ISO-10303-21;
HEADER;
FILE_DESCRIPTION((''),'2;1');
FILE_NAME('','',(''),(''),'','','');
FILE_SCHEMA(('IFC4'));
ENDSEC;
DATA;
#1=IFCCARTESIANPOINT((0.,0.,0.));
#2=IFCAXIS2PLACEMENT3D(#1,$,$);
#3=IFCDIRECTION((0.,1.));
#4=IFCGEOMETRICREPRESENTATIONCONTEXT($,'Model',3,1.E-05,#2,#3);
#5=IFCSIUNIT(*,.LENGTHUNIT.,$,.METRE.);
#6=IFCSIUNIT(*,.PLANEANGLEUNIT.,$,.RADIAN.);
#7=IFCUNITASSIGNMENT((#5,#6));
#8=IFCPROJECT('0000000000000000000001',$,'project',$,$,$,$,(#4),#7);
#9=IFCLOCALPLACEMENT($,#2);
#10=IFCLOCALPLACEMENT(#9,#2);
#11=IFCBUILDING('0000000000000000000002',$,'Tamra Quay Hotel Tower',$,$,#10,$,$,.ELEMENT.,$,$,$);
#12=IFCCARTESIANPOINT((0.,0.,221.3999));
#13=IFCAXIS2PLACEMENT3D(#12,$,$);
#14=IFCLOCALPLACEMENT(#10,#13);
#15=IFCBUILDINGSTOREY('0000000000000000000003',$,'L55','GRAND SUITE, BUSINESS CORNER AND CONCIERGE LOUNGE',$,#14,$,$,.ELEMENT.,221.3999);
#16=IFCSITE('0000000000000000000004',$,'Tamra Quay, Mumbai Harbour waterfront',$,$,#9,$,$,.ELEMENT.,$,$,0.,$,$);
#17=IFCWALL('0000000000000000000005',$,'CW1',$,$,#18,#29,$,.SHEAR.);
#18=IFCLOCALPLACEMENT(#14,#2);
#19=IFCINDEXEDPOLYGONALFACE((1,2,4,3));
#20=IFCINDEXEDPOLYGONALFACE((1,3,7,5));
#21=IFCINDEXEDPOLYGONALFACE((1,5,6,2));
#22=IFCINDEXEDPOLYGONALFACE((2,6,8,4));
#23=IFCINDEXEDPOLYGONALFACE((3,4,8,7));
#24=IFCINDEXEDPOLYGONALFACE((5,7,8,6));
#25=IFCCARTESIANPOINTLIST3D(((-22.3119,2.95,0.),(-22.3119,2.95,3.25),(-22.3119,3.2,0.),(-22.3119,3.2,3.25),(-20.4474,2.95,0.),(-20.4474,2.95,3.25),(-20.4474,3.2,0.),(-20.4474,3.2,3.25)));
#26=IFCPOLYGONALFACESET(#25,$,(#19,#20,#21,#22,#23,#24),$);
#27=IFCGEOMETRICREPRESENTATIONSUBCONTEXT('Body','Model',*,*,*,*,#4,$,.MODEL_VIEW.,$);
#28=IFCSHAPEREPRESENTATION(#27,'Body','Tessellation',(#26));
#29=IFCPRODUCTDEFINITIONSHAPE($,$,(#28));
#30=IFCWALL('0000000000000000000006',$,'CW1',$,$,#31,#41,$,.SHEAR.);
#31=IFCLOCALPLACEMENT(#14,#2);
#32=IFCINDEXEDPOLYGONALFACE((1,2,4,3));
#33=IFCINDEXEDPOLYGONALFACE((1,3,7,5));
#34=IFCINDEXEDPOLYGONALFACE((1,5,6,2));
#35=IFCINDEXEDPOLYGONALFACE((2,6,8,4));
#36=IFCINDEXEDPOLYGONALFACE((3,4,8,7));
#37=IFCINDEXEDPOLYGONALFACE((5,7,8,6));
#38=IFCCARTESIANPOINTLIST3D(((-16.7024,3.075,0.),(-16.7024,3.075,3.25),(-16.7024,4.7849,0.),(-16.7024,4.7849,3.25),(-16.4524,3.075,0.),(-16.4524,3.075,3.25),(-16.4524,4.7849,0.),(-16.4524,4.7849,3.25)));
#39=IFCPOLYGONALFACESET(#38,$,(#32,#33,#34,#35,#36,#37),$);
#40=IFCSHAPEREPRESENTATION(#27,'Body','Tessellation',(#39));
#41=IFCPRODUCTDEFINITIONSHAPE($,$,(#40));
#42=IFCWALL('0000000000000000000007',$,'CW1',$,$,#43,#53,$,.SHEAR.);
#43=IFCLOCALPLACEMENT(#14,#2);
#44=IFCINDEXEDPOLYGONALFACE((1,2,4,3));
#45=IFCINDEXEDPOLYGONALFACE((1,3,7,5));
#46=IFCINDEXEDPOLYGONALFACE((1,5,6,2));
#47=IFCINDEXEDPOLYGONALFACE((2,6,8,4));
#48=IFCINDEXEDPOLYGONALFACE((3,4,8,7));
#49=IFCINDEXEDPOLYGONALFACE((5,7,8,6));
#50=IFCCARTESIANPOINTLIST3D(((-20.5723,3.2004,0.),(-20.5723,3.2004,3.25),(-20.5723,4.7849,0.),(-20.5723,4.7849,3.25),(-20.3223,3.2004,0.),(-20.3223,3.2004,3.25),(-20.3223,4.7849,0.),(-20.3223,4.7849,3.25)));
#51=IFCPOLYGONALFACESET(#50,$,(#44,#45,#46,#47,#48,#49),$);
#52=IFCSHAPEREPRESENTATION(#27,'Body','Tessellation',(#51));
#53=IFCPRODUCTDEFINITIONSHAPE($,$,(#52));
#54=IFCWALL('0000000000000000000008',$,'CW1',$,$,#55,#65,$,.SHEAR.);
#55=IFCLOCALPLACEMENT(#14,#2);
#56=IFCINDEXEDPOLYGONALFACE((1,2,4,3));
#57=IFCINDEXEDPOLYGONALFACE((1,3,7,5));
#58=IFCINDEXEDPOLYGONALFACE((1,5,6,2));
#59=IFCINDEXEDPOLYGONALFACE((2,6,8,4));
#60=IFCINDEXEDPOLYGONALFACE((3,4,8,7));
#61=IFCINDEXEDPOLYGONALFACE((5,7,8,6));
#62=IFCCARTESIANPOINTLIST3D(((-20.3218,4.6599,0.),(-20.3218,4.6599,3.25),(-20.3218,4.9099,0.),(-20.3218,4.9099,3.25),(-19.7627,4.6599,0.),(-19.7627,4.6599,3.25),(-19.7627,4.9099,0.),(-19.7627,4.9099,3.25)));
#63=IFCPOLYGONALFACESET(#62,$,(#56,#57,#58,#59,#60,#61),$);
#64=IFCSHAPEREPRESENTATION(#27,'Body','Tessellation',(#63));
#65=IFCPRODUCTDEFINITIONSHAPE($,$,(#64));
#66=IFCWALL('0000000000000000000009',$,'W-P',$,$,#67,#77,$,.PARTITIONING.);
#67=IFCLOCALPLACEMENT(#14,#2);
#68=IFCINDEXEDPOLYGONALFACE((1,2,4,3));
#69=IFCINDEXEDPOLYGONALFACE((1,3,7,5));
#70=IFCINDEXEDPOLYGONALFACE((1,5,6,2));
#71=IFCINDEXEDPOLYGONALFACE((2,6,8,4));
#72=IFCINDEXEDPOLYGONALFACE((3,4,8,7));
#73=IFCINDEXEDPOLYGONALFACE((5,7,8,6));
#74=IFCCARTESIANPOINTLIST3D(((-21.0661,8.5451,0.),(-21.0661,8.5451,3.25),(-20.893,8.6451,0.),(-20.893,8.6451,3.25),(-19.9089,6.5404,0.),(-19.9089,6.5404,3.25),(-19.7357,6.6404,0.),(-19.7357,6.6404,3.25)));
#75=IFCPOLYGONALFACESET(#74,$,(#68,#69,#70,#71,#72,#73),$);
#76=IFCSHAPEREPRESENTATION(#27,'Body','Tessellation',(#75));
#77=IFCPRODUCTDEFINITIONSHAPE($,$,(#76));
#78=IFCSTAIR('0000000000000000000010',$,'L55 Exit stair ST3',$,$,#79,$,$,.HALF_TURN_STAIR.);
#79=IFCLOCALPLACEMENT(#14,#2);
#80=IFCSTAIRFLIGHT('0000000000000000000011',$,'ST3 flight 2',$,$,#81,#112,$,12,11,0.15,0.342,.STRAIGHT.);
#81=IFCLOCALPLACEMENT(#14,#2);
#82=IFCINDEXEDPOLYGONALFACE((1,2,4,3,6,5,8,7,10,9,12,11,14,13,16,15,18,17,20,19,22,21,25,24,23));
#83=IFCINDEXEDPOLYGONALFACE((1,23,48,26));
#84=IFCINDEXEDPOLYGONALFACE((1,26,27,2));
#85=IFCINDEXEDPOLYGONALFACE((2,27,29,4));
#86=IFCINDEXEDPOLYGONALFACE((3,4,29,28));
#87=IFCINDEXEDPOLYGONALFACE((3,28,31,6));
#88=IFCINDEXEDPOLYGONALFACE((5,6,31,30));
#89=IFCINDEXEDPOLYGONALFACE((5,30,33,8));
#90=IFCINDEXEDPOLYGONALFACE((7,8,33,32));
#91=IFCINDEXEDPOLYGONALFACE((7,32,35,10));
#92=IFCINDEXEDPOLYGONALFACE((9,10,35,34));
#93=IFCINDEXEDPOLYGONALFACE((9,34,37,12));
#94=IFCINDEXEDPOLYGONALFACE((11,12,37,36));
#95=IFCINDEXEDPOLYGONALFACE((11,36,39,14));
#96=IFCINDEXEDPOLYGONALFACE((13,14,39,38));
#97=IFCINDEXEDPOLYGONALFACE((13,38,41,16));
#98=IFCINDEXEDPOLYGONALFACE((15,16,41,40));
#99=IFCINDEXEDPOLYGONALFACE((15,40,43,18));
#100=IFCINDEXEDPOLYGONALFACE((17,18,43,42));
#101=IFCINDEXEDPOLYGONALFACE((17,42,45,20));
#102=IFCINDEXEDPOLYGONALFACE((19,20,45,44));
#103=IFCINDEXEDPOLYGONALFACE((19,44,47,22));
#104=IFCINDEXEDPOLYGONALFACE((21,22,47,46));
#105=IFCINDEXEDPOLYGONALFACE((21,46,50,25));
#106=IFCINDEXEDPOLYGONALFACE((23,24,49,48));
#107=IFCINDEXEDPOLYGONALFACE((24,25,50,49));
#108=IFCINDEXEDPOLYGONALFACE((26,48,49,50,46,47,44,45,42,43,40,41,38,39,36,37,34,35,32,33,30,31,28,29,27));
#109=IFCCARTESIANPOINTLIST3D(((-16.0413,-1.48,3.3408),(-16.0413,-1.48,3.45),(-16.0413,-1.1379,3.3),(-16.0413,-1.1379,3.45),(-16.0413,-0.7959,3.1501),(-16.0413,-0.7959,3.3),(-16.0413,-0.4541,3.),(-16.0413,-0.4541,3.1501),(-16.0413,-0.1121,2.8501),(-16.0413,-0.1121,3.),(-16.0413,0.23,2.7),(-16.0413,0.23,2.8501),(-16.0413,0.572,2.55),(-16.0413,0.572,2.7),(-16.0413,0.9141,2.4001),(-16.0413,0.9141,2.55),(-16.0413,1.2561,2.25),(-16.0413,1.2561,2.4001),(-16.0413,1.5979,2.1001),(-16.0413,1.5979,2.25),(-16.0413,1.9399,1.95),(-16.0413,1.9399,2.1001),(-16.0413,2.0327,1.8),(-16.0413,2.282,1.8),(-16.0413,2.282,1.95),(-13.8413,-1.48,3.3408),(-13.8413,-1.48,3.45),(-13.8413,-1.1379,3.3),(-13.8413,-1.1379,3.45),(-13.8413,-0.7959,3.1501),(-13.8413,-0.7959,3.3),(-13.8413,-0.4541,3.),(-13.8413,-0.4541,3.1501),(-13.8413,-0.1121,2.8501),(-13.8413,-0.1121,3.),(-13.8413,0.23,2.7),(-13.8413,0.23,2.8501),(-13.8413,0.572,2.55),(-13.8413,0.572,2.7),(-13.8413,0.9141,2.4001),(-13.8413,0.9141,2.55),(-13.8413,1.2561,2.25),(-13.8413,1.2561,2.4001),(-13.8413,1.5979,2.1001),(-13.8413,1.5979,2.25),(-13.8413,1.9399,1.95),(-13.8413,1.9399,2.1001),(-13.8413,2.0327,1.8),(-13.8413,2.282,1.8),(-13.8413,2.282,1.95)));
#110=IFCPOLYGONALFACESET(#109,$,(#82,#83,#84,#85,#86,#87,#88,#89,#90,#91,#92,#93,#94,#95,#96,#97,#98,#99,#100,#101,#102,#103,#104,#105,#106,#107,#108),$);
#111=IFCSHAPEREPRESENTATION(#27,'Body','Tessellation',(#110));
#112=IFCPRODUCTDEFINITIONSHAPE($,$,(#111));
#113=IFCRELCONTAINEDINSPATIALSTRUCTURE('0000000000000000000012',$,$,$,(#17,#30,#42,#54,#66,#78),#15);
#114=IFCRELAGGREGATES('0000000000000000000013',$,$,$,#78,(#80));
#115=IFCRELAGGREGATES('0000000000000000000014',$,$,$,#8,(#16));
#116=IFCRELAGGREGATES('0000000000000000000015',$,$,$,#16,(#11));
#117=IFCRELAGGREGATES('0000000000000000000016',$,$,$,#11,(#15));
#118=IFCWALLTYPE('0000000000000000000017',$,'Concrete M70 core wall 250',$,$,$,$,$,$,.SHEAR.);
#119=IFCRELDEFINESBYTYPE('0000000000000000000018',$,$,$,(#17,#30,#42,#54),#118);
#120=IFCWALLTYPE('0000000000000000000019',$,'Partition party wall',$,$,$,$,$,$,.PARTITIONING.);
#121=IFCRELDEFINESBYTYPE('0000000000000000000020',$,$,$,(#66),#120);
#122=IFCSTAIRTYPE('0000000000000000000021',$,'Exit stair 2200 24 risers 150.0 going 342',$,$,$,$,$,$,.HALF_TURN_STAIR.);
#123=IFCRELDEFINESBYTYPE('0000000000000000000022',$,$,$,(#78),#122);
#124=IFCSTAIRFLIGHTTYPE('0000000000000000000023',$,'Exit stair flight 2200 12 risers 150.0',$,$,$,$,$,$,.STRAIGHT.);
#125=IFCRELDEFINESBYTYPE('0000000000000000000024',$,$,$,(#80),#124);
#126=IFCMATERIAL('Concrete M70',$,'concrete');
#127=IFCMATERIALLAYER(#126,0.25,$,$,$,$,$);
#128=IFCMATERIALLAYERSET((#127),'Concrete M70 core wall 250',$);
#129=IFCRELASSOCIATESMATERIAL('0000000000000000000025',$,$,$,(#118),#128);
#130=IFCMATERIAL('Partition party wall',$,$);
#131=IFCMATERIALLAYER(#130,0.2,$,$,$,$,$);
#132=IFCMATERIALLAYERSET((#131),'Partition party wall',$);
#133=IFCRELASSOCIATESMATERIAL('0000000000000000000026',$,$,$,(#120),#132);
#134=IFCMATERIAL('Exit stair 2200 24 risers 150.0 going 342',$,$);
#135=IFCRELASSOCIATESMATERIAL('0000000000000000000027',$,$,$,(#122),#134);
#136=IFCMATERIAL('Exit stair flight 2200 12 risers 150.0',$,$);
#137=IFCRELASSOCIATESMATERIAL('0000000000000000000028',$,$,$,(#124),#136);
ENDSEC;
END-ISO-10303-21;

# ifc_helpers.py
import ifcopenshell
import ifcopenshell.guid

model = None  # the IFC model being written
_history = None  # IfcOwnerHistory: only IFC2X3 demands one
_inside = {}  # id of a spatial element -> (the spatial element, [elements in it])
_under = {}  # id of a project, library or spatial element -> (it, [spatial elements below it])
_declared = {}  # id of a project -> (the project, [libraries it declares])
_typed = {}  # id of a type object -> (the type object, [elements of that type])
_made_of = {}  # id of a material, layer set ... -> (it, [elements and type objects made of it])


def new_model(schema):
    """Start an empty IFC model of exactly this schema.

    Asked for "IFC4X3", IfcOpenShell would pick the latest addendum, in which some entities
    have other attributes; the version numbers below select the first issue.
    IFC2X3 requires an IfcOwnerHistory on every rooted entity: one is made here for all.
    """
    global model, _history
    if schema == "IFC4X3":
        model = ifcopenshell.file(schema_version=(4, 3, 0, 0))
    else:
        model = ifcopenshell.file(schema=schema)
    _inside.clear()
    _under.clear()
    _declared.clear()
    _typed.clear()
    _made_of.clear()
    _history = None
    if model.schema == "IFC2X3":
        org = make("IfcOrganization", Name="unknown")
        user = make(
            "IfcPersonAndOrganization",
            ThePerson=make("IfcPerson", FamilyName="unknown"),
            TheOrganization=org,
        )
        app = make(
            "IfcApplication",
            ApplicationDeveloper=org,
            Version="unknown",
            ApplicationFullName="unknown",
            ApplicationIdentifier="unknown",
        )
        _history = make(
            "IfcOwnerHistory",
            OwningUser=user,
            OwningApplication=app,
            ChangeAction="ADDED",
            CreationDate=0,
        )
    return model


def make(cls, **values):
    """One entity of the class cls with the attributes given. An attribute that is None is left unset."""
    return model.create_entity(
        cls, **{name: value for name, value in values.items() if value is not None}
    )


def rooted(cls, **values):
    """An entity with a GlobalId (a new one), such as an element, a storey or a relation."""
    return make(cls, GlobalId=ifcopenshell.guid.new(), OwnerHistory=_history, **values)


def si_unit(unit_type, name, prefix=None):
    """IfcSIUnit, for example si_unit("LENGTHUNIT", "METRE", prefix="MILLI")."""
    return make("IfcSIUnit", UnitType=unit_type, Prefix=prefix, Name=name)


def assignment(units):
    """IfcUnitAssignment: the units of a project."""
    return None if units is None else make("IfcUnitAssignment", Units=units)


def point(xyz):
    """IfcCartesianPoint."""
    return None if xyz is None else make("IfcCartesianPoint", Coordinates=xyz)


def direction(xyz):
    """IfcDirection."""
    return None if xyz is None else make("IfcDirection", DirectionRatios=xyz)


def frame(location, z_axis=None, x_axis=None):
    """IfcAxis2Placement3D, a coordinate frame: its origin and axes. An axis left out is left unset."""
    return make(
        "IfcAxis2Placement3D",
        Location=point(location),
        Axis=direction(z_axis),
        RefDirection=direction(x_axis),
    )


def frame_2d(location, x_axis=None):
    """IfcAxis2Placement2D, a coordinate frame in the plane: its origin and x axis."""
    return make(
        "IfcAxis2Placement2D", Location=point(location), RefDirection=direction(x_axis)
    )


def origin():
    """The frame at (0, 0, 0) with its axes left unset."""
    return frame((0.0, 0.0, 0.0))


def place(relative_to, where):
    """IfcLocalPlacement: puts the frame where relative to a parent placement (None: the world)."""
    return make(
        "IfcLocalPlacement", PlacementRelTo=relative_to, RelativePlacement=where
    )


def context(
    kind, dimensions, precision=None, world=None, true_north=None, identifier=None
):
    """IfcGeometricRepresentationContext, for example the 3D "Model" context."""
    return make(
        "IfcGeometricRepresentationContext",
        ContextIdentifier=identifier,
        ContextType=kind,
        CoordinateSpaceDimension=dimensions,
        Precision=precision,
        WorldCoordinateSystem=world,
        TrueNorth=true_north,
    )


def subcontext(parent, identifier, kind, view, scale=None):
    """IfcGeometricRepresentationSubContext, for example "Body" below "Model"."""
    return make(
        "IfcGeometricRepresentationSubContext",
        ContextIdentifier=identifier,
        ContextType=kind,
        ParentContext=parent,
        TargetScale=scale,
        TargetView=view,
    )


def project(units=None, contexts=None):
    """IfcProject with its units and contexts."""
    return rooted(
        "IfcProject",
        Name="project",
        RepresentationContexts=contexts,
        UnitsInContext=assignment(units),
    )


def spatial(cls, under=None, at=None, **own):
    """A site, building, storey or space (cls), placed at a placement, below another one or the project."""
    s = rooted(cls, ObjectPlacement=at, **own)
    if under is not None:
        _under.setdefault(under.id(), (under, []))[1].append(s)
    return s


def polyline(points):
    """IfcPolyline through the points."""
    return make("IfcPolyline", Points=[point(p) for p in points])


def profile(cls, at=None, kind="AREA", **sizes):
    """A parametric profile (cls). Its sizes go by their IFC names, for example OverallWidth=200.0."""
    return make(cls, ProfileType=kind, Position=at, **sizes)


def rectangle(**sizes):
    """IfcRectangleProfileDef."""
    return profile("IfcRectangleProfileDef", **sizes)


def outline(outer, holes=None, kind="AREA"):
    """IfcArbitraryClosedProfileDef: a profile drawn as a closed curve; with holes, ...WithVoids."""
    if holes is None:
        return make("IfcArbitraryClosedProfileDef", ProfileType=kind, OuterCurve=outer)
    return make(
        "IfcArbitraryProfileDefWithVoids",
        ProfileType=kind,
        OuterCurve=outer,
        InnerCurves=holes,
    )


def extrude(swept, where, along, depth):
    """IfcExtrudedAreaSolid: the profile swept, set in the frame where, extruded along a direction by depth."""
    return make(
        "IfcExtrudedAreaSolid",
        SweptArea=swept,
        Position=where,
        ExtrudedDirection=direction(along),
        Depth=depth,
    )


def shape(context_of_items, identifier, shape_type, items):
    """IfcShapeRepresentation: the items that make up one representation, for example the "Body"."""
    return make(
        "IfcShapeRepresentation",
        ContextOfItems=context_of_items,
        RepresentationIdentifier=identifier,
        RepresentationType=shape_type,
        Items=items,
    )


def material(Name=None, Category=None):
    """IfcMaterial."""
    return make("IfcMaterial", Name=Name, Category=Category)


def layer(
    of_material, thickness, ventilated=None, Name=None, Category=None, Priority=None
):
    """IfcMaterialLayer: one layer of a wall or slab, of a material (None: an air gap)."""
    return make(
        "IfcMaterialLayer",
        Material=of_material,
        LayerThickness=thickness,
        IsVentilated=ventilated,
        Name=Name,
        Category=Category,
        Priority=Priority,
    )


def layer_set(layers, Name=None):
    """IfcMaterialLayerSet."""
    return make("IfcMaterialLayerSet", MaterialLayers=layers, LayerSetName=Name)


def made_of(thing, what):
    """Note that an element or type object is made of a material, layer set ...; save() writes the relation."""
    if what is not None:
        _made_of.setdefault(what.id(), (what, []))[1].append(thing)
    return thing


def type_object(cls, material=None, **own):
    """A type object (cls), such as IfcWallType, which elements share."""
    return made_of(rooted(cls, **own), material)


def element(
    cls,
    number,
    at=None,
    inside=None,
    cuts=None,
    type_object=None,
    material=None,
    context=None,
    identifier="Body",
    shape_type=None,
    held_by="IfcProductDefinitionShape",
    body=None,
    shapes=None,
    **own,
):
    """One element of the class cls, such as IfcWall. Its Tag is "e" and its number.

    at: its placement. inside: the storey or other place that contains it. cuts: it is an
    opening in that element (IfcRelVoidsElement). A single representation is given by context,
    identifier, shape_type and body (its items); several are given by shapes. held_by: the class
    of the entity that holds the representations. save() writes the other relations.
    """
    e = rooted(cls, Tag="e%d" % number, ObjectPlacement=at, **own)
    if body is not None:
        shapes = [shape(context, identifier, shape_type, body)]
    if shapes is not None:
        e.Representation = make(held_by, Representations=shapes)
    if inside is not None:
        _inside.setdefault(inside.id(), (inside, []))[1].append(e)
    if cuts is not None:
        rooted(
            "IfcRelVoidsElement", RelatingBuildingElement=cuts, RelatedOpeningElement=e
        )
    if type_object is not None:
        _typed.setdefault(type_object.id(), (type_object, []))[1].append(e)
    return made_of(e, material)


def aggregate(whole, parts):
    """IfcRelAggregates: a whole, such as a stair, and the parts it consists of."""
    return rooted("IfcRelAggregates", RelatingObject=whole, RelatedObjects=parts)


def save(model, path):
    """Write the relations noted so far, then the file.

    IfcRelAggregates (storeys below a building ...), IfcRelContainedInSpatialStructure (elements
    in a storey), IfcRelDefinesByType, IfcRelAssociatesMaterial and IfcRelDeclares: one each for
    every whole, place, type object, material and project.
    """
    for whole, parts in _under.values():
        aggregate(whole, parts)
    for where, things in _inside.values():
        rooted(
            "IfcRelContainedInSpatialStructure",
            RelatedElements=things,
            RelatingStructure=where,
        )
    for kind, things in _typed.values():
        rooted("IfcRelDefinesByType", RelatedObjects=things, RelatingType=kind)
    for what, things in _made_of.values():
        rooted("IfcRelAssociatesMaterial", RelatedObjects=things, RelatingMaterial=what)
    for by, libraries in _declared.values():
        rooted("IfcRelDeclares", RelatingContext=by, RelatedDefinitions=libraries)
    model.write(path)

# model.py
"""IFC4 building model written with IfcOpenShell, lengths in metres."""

from ifc_helpers import new_model, si_unit, direction, frame, frame_2d, origin, place, context, subcontext, project, spatial, polyline, rectangle, outline, extrude, material, layer, layer_set, type_object, element, aggregate, save


model = new_model("IFC4")

# Units and contexts
model_context = context("Model", 3, precision=1e-05, world=origin(), true_north=direction((0.0, 1.0)))
body_context = subcontext(model_context, "Body", "Model", "MODEL_VIEW")
ifc_project = project(units=[si_unit("LENGTHUNIT", "METRE"), si_unit("PLANEANGLEUNIT", "RADIAN")], contexts=[model_context])

# Site, building, storey
site_placement = place(None, origin())
site = spatial("IfcSite", under=ifc_project, at=site_placement, Name="Tamra Quay, Mumbai Harbour waterfront", CompositionType="ELEMENT", RefElevation=0.0)
building_placement = place(site_placement, origin())
building = spatial("IfcBuilding", under=site, at=building_placement, Name="Tamra Quay Hotel Tower", CompositionType="ELEMENT")
storey_placement = place(building_placement, frame((0.0, 0.0, 221.3999)))
storey = spatial("IfcBuildingStorey", under=building, at=storey_placement, Name="L55", Description="GRAND SUITE, BUSINESS CORNER AND CONCIERGE LOUNGE", CompositionType="ELEMENT", Elevation=221.3999)

# Shared definitions
ifc_material_1 = material(Name="Concrete M70", Category="concrete")

# Walls
ifc_layer_1 = layer(ifc_material_1, 0.25)
ifc_layer_set_1 = layer_set([ifc_layer_1], Name="Concrete M70 core wall 250")
wall_type_1 = type_object("IfcWallType", Name="Concrete M70 core wall 250", PredefinedType="SHEAR", material=ifc_layer_set_1)
wall_1_placement = place(storey_placement, frame((-22.3118, 3.075, 0.0), z_axis=(0.0, 0.0, 1.0), x_axis=(1.0, 0.0, 0.0)))
element("IfcWall", 1, at=wall_1_placement, inside=storey, type_object=wall_type_1, Name="CW1", PredefinedType="SHEAR", context=body_context, shape_type="SweptSolid", body=[
    extrude(rectangle(XDim=1.8645, YDim=0.25, at=frame_2d((0.9321, 0.0))), origin(), (0.0, 0.0, 1.0), 3.25),
])
wall_2_placement = place(storey_placement, frame((-16.5774, 4.7849, 0.0), z_axis=(0.0, 0.0, 1.0), x_axis=(0.0, -1.0, 0.0)))
element("IfcWall", 2, at=wall_2_placement, inside=storey, type_object=wall_type_1, Name="CW1", PredefinedType="SHEAR", context=body_context, shape_type="SweptSolid", body=[
    extrude(rectangle(XDim=1.71, YDim=0.25, at=frame_2d((0.855, 0.0))), origin(), (0.0, 0.0, 1.0), 3.25),
])
wall_3_placement = place(storey_placement, frame((-20.4473, 3.2004, 0.0), z_axis=(0.0, 0.0, 1.0), x_axis=(0.0, 1.0, 0.0)))
element("IfcWall", 3, at=wall_3_placement, inside=storey, type_object=wall_type_1, Name="CW1", PredefinedType="SHEAR", context=body_context, shape_type="SweptSolid", body=[
    extrude(rectangle(XDim=1.5845, YDim=0.25, at=frame_2d((0.7922, 0.0))), origin(), (0.0, 0.0, 1.0), 3.25),
])
wall_4_placement = place(storey_placement, frame((-20.3218, 4.7849, 0.0), z_axis=(0.0, 0.0, 1.0), x_axis=(1.0, 0.0, 0.0)))
element("IfcWall", 4, at=wall_4_placement, inside=storey, type_object=wall_type_1, Name="CW1", PredefinedType="SHEAR", context=body_context, shape_type="SweptSolid", body=[
    extrude(rectangle(XDim=0.5591, YDim=0.25, at=frame_2d((0.2795, 0.0))), origin(), (0.0, 0.0, 1.0), 3.25),
])
ifc_material_2 = material(Name="Partition party wall")
ifc_layer_2 = layer(ifc_material_2, 0.2)
ifc_layer_set_2 = layer_set([ifc_layer_2], Name="Partition party wall")
wall_type_2 = type_object("IfcWallType", Name="Partition party wall", PredefinedType="PARTITIONING", material=ifc_layer_set_2)
wall_5_placement = place(storey_placement, frame((-20.9795, 8.595, 0.0), z_axis=(0.0, 0.0, 1.0), x_axis=(0.499951, -0.866054, 0.0)))
element("IfcWall", 5, at=wall_5_placement, inside=storey, type_object=wall_type_2, Name="W-P", PredefinedType="PARTITIONING", context=body_context, shape_type="SweptSolid", body=[
    extrude(rectangle(XDim=2.3147, YDim=0.2, at=frame_2d((1.1572, 0.0))), origin(), (0.0, 0.0, 1.0), 3.25),
])

# Stair, stair flight
ifc_material_3 = material(Name="Exit stair 2200 24 risers 150.0 going 342")
stair_type = type_object("IfcStairType", Name="Exit stair 2200 24 risers 150.0 going 342", PredefinedType="HALF_TURN_STAIR", material=ifc_material_3)
stair_placement = place(storey_placement, origin())
stair = element("IfcStair", 6, at=stair_placement, inside=storey, type_object=stair_type, Name="L55 Exit stair ST3", PredefinedType="HALF_TURN_STAIR")
ifc_material_4 = material(Name="Exit stair flight 2200 12 risers 150.0")
stair_flight_type = type_object("IfcStairFlightType", Name="Exit stair flight 2200 12 risers 150.0", PredefinedType="STRAIGHT", material=ifc_material_4)
stair_flight_placement = place(storey_placement, frame((-14.9414, 2.282, 1.8), z_axis=(0.0, 0.0, 1.0), x_axis=(0.0, -1.0, 0.0)))
stair_flight = element("IfcStairFlight", 7, at=stair_flight_placement, type_object=stair_flight_type, Name="ST3 flight 2", NumberOfRisers=12, NumberOfTreads=11, PredefinedType="STRAIGHT", RiserHeight=0.15, TreadLength=0.342, context=body_context, shape_type="SweptSolid", body=[
    extrude(outline(polyline([(0.0, 0.0), (0.0, 0.1499), (0.342, 0.1499), (0.342, 0.3), (0.6841, 0.3), (0.6841, 0.45), (1.0259, 0.45), (1.0259, 0.6001), (1.3679, 0.6001), (1.3679, 0.75), (1.71, 0.75), (1.71, 0.8999), (2.052, 0.8999), (2.052, 1.05), (2.394, 1.05), (2.394, 1.2), (2.7361, 1.2), (2.7361, 1.3501), (3.0779, 1.3501), (3.0779, 1.5), (3.4199, 1.5), (3.4199, 1.6499), (3.762, 1.6499), (3.762, 1.8), (3.762, 1.5408), (0.2493, 0.0), (0.0, 0.0)])), frame((0.0, 1.1001, 0.0), z_axis=(0.0, -1.0, 0.0), x_axis=(1.0, 0.0, 0.0)), (0.0, 0.0, 1.0), 2.2),
])
aggregate(stair, [stair_flight])

save(model, "model.ifc")
